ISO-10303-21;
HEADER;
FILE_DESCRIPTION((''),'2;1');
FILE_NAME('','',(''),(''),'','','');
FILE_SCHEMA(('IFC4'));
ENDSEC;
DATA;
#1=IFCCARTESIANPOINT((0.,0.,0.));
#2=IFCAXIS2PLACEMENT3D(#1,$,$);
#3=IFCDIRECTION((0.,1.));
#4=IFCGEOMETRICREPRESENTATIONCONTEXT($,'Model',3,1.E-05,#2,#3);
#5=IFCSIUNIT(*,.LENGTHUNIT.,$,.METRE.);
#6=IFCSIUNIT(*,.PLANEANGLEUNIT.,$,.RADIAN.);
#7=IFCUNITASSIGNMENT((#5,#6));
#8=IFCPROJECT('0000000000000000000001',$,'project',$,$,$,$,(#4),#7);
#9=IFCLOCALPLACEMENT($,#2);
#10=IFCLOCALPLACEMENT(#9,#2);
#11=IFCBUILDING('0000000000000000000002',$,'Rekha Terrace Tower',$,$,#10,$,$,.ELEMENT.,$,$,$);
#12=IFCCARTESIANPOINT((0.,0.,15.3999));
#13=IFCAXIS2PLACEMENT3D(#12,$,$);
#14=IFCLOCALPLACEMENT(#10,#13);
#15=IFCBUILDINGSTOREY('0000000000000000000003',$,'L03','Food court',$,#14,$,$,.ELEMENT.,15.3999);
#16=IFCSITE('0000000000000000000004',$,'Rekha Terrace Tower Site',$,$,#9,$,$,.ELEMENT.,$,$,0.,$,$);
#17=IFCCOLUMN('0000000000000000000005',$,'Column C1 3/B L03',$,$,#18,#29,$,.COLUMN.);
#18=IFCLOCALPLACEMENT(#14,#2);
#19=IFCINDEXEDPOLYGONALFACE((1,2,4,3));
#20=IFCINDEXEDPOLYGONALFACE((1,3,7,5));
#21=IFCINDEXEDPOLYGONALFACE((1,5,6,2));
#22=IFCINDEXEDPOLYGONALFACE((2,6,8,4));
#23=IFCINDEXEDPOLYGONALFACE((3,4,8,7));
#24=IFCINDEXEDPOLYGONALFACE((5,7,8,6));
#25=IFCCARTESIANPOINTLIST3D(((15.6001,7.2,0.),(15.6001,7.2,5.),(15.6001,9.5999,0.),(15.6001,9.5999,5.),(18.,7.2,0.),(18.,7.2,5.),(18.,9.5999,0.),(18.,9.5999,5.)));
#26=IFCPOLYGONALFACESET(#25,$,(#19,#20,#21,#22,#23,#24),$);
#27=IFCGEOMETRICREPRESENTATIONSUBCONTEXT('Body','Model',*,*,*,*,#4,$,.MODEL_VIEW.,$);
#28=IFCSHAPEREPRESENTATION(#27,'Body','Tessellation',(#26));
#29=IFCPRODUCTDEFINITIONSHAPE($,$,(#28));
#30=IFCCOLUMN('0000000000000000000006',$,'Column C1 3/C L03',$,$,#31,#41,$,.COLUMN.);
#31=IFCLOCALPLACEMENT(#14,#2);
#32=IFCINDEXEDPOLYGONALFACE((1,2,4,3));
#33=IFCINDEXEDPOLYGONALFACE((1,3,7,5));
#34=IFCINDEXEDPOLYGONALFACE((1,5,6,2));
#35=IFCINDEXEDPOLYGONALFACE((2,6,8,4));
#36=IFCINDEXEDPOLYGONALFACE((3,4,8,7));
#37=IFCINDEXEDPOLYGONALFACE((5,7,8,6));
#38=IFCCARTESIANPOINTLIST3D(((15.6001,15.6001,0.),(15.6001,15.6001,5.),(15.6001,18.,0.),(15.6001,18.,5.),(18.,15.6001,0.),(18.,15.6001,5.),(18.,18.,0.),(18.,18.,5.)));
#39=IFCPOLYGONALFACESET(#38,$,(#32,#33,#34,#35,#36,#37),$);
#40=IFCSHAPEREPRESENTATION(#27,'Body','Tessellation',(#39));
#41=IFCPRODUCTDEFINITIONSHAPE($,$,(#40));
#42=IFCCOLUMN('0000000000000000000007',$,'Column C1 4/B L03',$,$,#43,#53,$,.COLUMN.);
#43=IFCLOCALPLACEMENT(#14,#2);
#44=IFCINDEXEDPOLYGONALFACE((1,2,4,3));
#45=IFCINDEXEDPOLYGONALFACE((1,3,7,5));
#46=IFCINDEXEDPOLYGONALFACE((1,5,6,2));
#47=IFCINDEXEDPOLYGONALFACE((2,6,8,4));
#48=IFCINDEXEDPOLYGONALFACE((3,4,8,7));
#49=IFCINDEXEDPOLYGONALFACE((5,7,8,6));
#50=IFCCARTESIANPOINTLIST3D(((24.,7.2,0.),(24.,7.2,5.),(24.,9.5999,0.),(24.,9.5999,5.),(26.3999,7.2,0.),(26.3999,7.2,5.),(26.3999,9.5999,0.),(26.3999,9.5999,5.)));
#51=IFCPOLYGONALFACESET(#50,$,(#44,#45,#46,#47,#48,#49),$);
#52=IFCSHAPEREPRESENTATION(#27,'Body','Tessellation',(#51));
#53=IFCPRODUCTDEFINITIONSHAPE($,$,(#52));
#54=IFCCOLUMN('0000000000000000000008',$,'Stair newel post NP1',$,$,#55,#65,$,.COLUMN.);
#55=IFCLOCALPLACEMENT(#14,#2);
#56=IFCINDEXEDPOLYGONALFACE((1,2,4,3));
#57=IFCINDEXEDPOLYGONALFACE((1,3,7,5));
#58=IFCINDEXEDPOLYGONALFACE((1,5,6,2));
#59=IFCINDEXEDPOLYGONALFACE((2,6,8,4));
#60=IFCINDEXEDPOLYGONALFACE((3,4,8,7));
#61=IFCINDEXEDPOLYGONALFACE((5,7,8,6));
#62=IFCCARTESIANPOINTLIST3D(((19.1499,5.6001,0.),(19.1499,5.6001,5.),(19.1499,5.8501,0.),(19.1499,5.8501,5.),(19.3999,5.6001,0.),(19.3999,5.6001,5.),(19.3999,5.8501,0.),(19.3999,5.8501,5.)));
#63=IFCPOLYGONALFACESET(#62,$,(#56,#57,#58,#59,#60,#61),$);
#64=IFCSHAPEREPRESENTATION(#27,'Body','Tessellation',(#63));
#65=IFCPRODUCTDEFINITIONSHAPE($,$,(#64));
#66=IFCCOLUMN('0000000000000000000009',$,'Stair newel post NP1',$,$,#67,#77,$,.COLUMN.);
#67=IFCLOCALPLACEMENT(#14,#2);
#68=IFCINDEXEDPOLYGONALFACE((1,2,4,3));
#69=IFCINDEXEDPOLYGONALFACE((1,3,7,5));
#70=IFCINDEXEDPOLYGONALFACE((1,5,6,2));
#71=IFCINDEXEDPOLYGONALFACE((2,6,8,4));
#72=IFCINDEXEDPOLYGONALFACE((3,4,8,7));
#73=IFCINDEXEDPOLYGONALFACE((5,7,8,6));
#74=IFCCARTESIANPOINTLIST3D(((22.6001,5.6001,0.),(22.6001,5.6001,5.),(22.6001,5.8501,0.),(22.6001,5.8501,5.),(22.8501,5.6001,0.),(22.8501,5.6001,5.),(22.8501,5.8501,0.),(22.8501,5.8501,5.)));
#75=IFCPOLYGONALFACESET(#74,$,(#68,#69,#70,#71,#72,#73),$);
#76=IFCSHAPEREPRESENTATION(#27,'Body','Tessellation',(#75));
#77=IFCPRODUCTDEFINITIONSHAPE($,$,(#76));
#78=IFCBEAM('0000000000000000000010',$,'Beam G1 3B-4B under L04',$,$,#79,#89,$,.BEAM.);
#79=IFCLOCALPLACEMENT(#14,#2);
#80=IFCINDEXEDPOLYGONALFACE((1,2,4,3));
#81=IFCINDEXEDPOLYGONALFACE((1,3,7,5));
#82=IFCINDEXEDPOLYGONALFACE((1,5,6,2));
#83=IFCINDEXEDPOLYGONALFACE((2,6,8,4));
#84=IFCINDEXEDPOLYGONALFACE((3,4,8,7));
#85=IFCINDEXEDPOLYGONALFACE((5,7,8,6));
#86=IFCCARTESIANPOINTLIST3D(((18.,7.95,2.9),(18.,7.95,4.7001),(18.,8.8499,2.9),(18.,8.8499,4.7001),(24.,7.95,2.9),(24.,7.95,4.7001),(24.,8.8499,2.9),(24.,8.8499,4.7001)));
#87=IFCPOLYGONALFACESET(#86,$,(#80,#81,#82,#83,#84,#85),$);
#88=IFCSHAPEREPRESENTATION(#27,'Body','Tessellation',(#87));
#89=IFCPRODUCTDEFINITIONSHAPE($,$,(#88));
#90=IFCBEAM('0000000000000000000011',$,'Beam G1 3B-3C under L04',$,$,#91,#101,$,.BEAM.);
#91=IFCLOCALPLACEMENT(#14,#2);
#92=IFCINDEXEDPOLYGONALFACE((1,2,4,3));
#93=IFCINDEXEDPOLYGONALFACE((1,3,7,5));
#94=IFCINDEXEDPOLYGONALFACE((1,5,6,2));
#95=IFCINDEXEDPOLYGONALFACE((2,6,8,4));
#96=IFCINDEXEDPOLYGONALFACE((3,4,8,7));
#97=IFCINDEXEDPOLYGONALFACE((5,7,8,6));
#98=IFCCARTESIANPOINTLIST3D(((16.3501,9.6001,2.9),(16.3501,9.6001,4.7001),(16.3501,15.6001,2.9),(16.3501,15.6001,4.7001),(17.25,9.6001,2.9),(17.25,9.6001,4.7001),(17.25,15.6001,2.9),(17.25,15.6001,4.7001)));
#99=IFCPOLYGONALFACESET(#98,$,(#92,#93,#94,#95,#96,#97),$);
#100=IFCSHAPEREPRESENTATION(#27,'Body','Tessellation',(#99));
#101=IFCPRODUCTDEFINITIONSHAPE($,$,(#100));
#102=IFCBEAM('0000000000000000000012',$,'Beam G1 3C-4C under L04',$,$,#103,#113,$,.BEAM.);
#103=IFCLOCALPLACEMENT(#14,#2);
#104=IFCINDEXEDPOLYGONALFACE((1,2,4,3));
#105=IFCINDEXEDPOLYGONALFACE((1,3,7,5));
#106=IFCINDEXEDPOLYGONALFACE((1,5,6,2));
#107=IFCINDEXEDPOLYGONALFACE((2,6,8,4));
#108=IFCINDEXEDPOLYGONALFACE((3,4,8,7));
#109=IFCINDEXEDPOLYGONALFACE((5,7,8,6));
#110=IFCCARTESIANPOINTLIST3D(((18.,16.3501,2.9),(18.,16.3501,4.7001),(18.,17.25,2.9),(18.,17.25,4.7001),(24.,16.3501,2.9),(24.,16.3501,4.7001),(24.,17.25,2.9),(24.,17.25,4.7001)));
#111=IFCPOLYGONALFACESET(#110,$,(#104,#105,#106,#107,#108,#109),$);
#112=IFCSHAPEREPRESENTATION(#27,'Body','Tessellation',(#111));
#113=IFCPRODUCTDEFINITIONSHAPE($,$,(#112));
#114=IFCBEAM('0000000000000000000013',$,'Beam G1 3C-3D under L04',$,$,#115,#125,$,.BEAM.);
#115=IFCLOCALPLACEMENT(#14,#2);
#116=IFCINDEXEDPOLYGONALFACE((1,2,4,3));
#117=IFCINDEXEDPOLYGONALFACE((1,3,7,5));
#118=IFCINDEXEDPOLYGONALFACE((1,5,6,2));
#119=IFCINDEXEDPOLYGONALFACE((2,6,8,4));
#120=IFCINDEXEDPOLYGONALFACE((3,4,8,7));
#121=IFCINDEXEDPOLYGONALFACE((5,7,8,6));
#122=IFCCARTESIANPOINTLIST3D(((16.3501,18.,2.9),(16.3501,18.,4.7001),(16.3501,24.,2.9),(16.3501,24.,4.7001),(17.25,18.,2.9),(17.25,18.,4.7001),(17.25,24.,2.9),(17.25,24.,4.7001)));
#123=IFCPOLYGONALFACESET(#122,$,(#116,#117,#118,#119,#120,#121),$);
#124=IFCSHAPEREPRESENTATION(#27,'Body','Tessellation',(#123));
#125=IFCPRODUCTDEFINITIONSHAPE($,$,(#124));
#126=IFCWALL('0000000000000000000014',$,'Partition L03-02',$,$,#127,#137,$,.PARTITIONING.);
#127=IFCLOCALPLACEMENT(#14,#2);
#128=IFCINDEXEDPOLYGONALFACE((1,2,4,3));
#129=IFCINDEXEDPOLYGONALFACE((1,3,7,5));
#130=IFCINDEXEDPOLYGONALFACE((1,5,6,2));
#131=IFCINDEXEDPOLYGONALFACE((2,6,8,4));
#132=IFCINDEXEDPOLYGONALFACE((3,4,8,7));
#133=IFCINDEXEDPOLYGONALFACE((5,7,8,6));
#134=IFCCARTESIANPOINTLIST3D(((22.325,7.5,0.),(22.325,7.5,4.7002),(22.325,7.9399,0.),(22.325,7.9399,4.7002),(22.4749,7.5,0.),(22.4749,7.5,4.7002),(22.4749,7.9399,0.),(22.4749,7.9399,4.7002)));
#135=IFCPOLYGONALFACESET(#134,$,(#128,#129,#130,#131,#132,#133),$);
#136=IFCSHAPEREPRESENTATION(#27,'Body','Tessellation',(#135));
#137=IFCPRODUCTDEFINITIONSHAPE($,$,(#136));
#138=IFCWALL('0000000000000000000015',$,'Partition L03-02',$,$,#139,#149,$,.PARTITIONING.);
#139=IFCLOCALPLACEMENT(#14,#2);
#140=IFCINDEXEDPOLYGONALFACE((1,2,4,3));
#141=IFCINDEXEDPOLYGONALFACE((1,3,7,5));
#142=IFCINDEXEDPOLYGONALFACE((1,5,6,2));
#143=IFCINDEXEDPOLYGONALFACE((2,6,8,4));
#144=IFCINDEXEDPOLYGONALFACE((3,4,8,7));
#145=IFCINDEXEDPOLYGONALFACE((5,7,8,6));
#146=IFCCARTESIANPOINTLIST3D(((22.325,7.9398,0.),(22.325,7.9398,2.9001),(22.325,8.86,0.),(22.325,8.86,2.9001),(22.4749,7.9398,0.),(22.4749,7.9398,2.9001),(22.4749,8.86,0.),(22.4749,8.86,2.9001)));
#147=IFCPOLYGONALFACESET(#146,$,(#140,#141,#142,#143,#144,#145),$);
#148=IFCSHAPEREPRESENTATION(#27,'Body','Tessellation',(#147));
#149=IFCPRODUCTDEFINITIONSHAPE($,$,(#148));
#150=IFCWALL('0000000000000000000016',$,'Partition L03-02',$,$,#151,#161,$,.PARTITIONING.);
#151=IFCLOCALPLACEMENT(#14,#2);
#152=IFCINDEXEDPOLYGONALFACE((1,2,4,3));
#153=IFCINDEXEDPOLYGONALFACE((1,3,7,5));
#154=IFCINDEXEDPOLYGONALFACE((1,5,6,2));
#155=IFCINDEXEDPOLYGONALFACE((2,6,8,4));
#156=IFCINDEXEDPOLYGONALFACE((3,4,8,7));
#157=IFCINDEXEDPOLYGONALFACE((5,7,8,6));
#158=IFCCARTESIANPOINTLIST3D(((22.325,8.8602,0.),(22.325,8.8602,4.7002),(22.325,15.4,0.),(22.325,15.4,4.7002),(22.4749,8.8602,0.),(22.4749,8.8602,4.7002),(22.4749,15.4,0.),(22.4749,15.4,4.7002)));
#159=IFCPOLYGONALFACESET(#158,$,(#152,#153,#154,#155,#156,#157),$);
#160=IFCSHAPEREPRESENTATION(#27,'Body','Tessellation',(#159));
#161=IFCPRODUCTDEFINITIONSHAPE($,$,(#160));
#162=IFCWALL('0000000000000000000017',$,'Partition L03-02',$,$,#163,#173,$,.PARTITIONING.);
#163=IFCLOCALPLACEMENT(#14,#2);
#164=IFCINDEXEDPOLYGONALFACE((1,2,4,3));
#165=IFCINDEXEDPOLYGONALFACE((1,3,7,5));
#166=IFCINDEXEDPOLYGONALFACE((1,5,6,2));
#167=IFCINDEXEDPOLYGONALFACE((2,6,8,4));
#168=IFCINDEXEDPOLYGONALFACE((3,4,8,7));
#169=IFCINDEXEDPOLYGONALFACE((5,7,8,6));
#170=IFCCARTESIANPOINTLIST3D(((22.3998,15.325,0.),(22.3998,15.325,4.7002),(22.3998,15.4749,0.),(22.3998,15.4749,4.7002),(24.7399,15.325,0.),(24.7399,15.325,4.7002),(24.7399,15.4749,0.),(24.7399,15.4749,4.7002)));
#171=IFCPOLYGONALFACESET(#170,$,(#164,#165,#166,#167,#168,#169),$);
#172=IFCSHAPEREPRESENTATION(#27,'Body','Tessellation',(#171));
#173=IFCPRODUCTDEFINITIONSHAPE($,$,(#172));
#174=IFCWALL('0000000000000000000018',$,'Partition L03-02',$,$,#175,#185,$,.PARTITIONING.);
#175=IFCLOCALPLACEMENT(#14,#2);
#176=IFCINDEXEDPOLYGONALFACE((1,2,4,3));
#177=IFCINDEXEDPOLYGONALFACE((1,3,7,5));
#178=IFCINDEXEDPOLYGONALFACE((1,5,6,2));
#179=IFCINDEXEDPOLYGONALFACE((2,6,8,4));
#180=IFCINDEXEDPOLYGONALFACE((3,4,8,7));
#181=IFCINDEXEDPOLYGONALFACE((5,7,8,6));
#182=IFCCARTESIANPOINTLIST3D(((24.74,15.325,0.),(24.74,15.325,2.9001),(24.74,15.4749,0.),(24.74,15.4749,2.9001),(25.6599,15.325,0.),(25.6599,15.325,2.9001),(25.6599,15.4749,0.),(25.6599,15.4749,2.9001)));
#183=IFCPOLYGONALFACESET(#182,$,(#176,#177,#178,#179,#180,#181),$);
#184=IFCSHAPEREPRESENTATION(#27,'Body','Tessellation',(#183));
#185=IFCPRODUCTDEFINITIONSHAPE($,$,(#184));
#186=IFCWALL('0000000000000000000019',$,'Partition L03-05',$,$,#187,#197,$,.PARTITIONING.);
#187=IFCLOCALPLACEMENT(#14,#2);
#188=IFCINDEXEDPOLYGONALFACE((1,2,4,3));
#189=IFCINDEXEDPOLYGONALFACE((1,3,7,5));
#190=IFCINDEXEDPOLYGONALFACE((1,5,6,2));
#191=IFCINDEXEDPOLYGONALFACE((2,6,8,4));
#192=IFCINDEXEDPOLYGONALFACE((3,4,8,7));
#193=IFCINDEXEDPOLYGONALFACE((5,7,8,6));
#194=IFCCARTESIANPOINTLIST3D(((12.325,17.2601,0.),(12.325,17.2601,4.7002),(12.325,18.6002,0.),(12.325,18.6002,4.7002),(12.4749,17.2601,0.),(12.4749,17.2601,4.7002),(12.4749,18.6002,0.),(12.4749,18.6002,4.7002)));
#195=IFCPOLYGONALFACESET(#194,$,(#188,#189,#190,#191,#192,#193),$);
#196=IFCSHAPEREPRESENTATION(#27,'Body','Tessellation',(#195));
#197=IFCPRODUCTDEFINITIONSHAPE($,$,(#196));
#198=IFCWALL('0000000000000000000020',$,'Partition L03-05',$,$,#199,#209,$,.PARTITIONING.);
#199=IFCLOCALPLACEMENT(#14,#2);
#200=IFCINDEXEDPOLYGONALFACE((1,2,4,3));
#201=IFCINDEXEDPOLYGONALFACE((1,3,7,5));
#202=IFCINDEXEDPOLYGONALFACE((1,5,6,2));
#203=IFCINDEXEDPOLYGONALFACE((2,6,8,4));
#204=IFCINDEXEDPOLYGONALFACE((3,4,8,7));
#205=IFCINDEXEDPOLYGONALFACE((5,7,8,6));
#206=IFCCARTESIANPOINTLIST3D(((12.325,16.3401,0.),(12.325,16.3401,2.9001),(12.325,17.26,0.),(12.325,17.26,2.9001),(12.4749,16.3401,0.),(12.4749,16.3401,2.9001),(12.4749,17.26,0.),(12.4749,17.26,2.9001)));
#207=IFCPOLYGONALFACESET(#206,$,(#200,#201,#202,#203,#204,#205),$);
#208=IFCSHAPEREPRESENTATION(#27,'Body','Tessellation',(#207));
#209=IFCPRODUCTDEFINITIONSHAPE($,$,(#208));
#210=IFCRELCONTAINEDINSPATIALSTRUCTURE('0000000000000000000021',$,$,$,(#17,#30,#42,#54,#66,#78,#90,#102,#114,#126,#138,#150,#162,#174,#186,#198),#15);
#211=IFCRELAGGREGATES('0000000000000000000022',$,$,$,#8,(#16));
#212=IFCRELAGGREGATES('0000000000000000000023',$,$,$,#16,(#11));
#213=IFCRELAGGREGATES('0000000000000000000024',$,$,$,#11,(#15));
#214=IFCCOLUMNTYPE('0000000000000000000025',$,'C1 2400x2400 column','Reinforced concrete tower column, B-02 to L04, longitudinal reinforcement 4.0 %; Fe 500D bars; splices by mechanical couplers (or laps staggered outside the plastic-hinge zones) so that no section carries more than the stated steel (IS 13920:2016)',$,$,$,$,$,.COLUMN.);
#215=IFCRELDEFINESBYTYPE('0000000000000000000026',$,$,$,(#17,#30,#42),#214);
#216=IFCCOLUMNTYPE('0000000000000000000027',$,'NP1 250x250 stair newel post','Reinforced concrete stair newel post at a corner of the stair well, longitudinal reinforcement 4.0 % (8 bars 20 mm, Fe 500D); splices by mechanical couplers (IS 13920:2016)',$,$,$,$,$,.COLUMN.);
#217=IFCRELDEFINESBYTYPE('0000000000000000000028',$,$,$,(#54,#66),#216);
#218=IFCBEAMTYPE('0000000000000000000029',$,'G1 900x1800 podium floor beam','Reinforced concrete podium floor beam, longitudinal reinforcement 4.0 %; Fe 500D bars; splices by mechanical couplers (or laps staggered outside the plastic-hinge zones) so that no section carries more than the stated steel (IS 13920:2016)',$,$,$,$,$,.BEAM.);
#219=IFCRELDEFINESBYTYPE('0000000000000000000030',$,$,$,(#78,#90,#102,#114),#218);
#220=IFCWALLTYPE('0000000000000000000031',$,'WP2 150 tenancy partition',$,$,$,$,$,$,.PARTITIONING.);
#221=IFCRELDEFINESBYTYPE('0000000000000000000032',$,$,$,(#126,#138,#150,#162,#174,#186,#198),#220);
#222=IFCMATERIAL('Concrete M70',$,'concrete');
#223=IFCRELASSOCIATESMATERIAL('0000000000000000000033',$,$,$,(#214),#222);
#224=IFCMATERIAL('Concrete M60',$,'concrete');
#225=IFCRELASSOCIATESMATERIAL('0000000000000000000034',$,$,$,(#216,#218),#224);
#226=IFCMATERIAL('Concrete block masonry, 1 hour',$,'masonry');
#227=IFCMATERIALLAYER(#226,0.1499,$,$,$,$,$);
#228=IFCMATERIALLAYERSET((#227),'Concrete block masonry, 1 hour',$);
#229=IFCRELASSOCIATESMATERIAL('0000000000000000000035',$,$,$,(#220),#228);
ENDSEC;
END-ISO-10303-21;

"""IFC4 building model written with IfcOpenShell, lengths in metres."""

from ifc_helpers import new_model, si_unit, direction, frame, frame_2d, origin, origin_2d, place, context, subcontext, project, spatial, rectangle, extrude, material, layer, layer_set, material_profile, profile_set, type_object, element, save


model = new_model("IFC4")

# Units and contexts
model_context = context("Model", 3, precision=1e-05, world=origin(), true_north=direction((0.0, 1.0)))
body_context = subcontext(model_context, "Body", "Model", "MODEL_VIEW")
ifc_project = project(units=[si_unit("LENGTHUNIT", "METRE"), si_unit("PLANEANGLEUNIT", "RADIAN")], contexts=[model_context])

# Site, building, storey
site_placement = place(None, origin())
site = spatial("IfcSite", under=ifc_project, at=site_placement, Name="Rekha Terrace Tower Site", CompositionType="ELEMENT", RefElevation=0.0)
building_placement = place(site_placement, origin())
building = spatial("IfcBuilding", under=site, at=building_placement, Name="Rekha Terrace Tower", CompositionType="ELEMENT")
storey_placement = place(building_placement, frame((0.0, 0.0, 15.3999)))
storey = spatial("IfcBuildingStorey", under=building, at=storey_placement, Name="L03", Description="Food court", CompositionType="ELEMENT", Elevation=15.3999)

# Columns
ifc_material_1 = material(Name="Concrete M70", Category="concrete")
ifc_material_profile_1 = material_profile(ifc_material_1, rectangle(XDim=2.3999, YDim=2.3999, at=origin_2d()), Name="RC 2400x2400")
ifc_profile_set_1 = profile_set([ifc_material_profile_1], Name="Concrete M70")
column_type_1 = type_object("IfcColumnType", Name="C1 2400x2400 column", Description="Reinforced concrete tower column, B-02 to L04, longitudinal reinforcement 4.0 %; Fe 500D bars; splices by mechanical couplers (or laps staggered outside the plastic-hinge zones) so that no section carries more than the stated steel (IS 13920:2016)", PredefinedType="COLUMN", material=ifc_profile_set_1)
for number, where, z_axis, x_axis, name in (
    (1, (16.8, 8.3999, 0.0), (0.0, 0.0, 1.0), (1.0, 0.0, 0.0), "Column C1 3/B L03"),
    (2, (16.8, 16.8, 0.0), (0.0, 0.0, 1.0), (1.0, 0.0, 0.0), "Column C1 3/C L03"),
    (3, (25.2, 8.3999, 0.0), (0.0, 0.0, 1.0), (1.0, 0.0, 0.0), "Column C1 4/B L03"),
):
    element("IfcColumn", number, at=place(storey_placement, frame(where, z_axis=z_axis, x_axis=x_axis)), inside=storey, type_object=column_type_1, Name=name, PredefinedType="COLUMN", context=body_context, shape_type="SweptSolid", body=[
        extrude(rectangle(XDim=2.3999, YDim=2.3999, at=origin_2d()), origin(), (0.0, 0.0, 1.0), 5.0),
    ])
ifc_material_2 = material(Name="Concrete M60", Category="concrete")
ifc_material_profile_2 = material_profile(ifc_material_2, rectangle(XDim=0.25, YDim=0.25, at=origin_2d()), Name="RC 250x250")
ifc_profile_set_2 = profile_set([ifc_material_profile_2], Name="Concrete M60")
column_type_2 = type_object("IfcColumnType", Name="NP1 250x250 stair newel post", Description="Reinforced concrete stair newel post at a corner of the stair well, longitudinal reinforcement 4.0 % (8 bars 20 mm, Fe 500D); splices by mechanical couplers (IS 13920:2016)", PredefinedType="COLUMN", material=ifc_profile_set_2)
for number, where, z_axis, x_axis, name in (
    (4, (19.2749, 5.7251, 0.0), (0.0, 0.0, 1.0), (1.0, 0.0, 0.0), "Stair newel post NP1"),
    (5, (22.7251, 5.7251, 0.0), (0.0, 0.0, 1.0), (1.0, 0.0, 0.0), "Stair newel post NP1"),
):
    element("IfcColumn", number, at=place(storey_placement, frame(where, z_axis=z_axis, x_axis=x_axis)), inside=storey, type_object=column_type_2, Name=name, PredefinedType="COLUMN", context=body_context, shape_type="SweptSolid", body=[
        extrude(rectangle(XDim=0.25, YDim=0.25, at=origin_2d()), origin(), (0.0, 0.0, 1.0), 5.0),
    ])

# Beams
ifc_material_profile_3 = material_profile(ifc_material_2, rectangle(XDim=0.8999, YDim=1.8, at=origin_2d()), Name="RC 900x1800")
ifc_profile_set_3 = profile_set([ifc_material_profile_3], Name="Concrete M60")
beam_type = type_object("IfcBeamType", Name="G1 900x1800 podium floor beam", Description="Reinforced concrete podium floor beam, longitudinal reinforcement 4.0 %; Fe 500D bars; splices by mechanical couplers (or laps staggered outside the plastic-hinge zones) so that no section carries more than the stated steel (IS 13920:2016)", PredefinedType="BEAM", material=ifc_profile_set_3)
for number, where, z_axis, x_axis, name in (
    (6, (18.0, 8.3999, 3.8), (1.0, 0.0, 0.0), (0.0, 1.0, 0.0), "Beam G1 3B-4B under L04"),
    (7, (16.8, 9.6001, 3.8), (0.0, 1.0, 0.0), (-1.0, 0.0, 0.0), "Beam G1 3B-3C under L04"),
    (8, (18.0, 16.8, 3.8), (1.0, 0.0, 0.0), (0.0, 1.0, 0.0), "Beam G1 3C-4C under L04"),
    (9, (16.8, 18.0, 3.8), (0.0, 1.0, 0.0), (-1.0, 0.0, 0.0), "Beam G1 3C-3D under L04"),
):
    element("IfcBeam", number, at=place(storey_placement, frame(where, z_axis=z_axis, x_axis=x_axis)), inside=storey, type_object=beam_type, Name=name, PredefinedType="BEAM", context=body_context, shape_type="SweptSolid", body=[
        extrude(rectangle(XDim=0.8999, YDim=1.8, at=origin_2d()), origin(), (0.0, 0.0, 1.0), 6.0),
    ])

# Walls
ifc_material_3 = material(Name="Concrete block masonry, 1 hour", Category="masonry")
ifc_layer_1 = layer(ifc_material_3, 0.1499)
ifc_layer_set_1 = layer_set([ifc_layer_1], Name="Concrete block masonry, 1 hour")
wall_type_1 = type_object("IfcWallType", Name="WP2 150 tenancy partition", PredefinedType="PARTITIONING", material=ifc_layer_set_1)
wall_1_placement = place(storey_placement, frame((22.3999, 7.5, 0.0), z_axis=(0.0, 0.0, 1.0), x_axis=(0.0, 1.0, 0.0)))
element("IfcWall", 10, at=wall_1_placement, inside=storey, type_object=wall_type_1, Name="Partition L03-02", PredefinedType="PARTITIONING", context=body_context, shape_type="SweptSolid", body=[
    extrude(rectangle(XDim=0.4399, YDim=0.1499, at=frame_2d((0.22, 0.0))), origin(), (0.0, 0.0, 1.0), 4.7002),
])
wall_2_placement = place(storey_placement, frame((22.3999, 7.9399, 0.0), z_axis=(0.0, 0.0, 1.0), x_axis=(0.0, 1.0, 0.0)))
element("IfcWall", 11, at=wall_2_placement, inside=storey, type_object=wall_type_1, Name="Partition L03-02", PredefinedType="PARTITIONING", context=body_context, shape_type="SweptSolid", body=[
    extrude(rectangle(XDim=0.9202, YDim=0.1499, at=frame_2d((0.46, 0.0))), origin(), (0.0, 0.0, 1.0), 2.9001),
])
wall_3_placement = place(storey_placement, frame((22.3999, 8.8601, 0.0), z_axis=(0.0, 0.0, 1.0), x_axis=(0.0, 1.0, 0.0)))
element("IfcWall", 12, at=wall_3_placement, inside=storey, type_object=wall_type_1, Name="Partition L03-02", PredefinedType="PARTITIONING", context=body_context, shape_type="SweptSolid", body=[
    extrude(rectangle(XDim=6.5398, YDim=0.1499, at=frame_2d((3.27, 0.0))), origin(), (0.0, 0.0, 1.0), 4.7002),
])
wall_4_placement = place(storey_placement, frame((22.3999, 15.3999, 0.0), z_axis=(0.0, 0.0, 1.0), x_axis=(1.0, 0.0, 0.0)))
element("IfcWall", 13, at=wall_4_placement, inside=storey, type_object=wall_type_1, Name="Partition L03-02", PredefinedType="PARTITIONING", context=body_context, shape_type="SweptSolid", body=[
    extrude(rectangle(XDim=2.3401, YDim=0.1499, at=frame_2d((1.1699, 0.0))), origin(), (0.0, 0.0, 1.0), 4.7002),
])
wall_5_placement = place(storey_placement, frame((24.74, 15.3999, 0.0), z_axis=(0.0, 0.0, 1.0), x_axis=(1.0, 0.0, 0.0)))
element("IfcWall", 14, at=wall_5_placement, inside=storey, type_object=wall_type_1, Name="Partition L03-02", PredefinedType="PARTITIONING", context=body_context, shape_type="SweptSolid", body=[
    extrude(rectangle(XDim=0.9199, YDim=0.1499, at=frame_2d((0.46, 0.0))), origin(), (0.0, 0.0, 1.0), 2.9001),
])
wall_6_placement = place(storey_placement, frame((12.3999, 18.6001, 0.0), z_axis=(0.0, 0.0, 1.0), x_axis=(0.0, -1.0, 0.0)))
element("IfcWall", 15, at=wall_6_placement, inside=storey, type_object=wall_type_1, Name="Partition L03-05", PredefinedType="PARTITIONING", context=body_context, shape_type="SweptSolid", body=[
    extrude(rectangle(XDim=1.3401, YDim=0.1499, at=frame_2d((0.6699, 0.0))), origin(), (0.0, 0.0, 1.0), 4.7002),
])
wall_7_placement = place(storey_placement, frame((12.3999, 17.26, 0.0), z_axis=(0.0, 0.0, 1.0), x_axis=(0.0, -1.0, 0.0)))
element("IfcWall", 16, at=wall_7_placement, inside=storey, type_object=wall_type_1, Name="Partition L03-05", PredefinedType="PARTITIONING", context=body_context, shape_type="SweptSolid", body=[
    extrude(rectangle(XDim=0.9199, YDim=0.1499, at=frame_2d((0.46, 0.0))), origin(), (0.0, 0.0, 1.0), 2.9001),
])

save(model, "model.ifc")
